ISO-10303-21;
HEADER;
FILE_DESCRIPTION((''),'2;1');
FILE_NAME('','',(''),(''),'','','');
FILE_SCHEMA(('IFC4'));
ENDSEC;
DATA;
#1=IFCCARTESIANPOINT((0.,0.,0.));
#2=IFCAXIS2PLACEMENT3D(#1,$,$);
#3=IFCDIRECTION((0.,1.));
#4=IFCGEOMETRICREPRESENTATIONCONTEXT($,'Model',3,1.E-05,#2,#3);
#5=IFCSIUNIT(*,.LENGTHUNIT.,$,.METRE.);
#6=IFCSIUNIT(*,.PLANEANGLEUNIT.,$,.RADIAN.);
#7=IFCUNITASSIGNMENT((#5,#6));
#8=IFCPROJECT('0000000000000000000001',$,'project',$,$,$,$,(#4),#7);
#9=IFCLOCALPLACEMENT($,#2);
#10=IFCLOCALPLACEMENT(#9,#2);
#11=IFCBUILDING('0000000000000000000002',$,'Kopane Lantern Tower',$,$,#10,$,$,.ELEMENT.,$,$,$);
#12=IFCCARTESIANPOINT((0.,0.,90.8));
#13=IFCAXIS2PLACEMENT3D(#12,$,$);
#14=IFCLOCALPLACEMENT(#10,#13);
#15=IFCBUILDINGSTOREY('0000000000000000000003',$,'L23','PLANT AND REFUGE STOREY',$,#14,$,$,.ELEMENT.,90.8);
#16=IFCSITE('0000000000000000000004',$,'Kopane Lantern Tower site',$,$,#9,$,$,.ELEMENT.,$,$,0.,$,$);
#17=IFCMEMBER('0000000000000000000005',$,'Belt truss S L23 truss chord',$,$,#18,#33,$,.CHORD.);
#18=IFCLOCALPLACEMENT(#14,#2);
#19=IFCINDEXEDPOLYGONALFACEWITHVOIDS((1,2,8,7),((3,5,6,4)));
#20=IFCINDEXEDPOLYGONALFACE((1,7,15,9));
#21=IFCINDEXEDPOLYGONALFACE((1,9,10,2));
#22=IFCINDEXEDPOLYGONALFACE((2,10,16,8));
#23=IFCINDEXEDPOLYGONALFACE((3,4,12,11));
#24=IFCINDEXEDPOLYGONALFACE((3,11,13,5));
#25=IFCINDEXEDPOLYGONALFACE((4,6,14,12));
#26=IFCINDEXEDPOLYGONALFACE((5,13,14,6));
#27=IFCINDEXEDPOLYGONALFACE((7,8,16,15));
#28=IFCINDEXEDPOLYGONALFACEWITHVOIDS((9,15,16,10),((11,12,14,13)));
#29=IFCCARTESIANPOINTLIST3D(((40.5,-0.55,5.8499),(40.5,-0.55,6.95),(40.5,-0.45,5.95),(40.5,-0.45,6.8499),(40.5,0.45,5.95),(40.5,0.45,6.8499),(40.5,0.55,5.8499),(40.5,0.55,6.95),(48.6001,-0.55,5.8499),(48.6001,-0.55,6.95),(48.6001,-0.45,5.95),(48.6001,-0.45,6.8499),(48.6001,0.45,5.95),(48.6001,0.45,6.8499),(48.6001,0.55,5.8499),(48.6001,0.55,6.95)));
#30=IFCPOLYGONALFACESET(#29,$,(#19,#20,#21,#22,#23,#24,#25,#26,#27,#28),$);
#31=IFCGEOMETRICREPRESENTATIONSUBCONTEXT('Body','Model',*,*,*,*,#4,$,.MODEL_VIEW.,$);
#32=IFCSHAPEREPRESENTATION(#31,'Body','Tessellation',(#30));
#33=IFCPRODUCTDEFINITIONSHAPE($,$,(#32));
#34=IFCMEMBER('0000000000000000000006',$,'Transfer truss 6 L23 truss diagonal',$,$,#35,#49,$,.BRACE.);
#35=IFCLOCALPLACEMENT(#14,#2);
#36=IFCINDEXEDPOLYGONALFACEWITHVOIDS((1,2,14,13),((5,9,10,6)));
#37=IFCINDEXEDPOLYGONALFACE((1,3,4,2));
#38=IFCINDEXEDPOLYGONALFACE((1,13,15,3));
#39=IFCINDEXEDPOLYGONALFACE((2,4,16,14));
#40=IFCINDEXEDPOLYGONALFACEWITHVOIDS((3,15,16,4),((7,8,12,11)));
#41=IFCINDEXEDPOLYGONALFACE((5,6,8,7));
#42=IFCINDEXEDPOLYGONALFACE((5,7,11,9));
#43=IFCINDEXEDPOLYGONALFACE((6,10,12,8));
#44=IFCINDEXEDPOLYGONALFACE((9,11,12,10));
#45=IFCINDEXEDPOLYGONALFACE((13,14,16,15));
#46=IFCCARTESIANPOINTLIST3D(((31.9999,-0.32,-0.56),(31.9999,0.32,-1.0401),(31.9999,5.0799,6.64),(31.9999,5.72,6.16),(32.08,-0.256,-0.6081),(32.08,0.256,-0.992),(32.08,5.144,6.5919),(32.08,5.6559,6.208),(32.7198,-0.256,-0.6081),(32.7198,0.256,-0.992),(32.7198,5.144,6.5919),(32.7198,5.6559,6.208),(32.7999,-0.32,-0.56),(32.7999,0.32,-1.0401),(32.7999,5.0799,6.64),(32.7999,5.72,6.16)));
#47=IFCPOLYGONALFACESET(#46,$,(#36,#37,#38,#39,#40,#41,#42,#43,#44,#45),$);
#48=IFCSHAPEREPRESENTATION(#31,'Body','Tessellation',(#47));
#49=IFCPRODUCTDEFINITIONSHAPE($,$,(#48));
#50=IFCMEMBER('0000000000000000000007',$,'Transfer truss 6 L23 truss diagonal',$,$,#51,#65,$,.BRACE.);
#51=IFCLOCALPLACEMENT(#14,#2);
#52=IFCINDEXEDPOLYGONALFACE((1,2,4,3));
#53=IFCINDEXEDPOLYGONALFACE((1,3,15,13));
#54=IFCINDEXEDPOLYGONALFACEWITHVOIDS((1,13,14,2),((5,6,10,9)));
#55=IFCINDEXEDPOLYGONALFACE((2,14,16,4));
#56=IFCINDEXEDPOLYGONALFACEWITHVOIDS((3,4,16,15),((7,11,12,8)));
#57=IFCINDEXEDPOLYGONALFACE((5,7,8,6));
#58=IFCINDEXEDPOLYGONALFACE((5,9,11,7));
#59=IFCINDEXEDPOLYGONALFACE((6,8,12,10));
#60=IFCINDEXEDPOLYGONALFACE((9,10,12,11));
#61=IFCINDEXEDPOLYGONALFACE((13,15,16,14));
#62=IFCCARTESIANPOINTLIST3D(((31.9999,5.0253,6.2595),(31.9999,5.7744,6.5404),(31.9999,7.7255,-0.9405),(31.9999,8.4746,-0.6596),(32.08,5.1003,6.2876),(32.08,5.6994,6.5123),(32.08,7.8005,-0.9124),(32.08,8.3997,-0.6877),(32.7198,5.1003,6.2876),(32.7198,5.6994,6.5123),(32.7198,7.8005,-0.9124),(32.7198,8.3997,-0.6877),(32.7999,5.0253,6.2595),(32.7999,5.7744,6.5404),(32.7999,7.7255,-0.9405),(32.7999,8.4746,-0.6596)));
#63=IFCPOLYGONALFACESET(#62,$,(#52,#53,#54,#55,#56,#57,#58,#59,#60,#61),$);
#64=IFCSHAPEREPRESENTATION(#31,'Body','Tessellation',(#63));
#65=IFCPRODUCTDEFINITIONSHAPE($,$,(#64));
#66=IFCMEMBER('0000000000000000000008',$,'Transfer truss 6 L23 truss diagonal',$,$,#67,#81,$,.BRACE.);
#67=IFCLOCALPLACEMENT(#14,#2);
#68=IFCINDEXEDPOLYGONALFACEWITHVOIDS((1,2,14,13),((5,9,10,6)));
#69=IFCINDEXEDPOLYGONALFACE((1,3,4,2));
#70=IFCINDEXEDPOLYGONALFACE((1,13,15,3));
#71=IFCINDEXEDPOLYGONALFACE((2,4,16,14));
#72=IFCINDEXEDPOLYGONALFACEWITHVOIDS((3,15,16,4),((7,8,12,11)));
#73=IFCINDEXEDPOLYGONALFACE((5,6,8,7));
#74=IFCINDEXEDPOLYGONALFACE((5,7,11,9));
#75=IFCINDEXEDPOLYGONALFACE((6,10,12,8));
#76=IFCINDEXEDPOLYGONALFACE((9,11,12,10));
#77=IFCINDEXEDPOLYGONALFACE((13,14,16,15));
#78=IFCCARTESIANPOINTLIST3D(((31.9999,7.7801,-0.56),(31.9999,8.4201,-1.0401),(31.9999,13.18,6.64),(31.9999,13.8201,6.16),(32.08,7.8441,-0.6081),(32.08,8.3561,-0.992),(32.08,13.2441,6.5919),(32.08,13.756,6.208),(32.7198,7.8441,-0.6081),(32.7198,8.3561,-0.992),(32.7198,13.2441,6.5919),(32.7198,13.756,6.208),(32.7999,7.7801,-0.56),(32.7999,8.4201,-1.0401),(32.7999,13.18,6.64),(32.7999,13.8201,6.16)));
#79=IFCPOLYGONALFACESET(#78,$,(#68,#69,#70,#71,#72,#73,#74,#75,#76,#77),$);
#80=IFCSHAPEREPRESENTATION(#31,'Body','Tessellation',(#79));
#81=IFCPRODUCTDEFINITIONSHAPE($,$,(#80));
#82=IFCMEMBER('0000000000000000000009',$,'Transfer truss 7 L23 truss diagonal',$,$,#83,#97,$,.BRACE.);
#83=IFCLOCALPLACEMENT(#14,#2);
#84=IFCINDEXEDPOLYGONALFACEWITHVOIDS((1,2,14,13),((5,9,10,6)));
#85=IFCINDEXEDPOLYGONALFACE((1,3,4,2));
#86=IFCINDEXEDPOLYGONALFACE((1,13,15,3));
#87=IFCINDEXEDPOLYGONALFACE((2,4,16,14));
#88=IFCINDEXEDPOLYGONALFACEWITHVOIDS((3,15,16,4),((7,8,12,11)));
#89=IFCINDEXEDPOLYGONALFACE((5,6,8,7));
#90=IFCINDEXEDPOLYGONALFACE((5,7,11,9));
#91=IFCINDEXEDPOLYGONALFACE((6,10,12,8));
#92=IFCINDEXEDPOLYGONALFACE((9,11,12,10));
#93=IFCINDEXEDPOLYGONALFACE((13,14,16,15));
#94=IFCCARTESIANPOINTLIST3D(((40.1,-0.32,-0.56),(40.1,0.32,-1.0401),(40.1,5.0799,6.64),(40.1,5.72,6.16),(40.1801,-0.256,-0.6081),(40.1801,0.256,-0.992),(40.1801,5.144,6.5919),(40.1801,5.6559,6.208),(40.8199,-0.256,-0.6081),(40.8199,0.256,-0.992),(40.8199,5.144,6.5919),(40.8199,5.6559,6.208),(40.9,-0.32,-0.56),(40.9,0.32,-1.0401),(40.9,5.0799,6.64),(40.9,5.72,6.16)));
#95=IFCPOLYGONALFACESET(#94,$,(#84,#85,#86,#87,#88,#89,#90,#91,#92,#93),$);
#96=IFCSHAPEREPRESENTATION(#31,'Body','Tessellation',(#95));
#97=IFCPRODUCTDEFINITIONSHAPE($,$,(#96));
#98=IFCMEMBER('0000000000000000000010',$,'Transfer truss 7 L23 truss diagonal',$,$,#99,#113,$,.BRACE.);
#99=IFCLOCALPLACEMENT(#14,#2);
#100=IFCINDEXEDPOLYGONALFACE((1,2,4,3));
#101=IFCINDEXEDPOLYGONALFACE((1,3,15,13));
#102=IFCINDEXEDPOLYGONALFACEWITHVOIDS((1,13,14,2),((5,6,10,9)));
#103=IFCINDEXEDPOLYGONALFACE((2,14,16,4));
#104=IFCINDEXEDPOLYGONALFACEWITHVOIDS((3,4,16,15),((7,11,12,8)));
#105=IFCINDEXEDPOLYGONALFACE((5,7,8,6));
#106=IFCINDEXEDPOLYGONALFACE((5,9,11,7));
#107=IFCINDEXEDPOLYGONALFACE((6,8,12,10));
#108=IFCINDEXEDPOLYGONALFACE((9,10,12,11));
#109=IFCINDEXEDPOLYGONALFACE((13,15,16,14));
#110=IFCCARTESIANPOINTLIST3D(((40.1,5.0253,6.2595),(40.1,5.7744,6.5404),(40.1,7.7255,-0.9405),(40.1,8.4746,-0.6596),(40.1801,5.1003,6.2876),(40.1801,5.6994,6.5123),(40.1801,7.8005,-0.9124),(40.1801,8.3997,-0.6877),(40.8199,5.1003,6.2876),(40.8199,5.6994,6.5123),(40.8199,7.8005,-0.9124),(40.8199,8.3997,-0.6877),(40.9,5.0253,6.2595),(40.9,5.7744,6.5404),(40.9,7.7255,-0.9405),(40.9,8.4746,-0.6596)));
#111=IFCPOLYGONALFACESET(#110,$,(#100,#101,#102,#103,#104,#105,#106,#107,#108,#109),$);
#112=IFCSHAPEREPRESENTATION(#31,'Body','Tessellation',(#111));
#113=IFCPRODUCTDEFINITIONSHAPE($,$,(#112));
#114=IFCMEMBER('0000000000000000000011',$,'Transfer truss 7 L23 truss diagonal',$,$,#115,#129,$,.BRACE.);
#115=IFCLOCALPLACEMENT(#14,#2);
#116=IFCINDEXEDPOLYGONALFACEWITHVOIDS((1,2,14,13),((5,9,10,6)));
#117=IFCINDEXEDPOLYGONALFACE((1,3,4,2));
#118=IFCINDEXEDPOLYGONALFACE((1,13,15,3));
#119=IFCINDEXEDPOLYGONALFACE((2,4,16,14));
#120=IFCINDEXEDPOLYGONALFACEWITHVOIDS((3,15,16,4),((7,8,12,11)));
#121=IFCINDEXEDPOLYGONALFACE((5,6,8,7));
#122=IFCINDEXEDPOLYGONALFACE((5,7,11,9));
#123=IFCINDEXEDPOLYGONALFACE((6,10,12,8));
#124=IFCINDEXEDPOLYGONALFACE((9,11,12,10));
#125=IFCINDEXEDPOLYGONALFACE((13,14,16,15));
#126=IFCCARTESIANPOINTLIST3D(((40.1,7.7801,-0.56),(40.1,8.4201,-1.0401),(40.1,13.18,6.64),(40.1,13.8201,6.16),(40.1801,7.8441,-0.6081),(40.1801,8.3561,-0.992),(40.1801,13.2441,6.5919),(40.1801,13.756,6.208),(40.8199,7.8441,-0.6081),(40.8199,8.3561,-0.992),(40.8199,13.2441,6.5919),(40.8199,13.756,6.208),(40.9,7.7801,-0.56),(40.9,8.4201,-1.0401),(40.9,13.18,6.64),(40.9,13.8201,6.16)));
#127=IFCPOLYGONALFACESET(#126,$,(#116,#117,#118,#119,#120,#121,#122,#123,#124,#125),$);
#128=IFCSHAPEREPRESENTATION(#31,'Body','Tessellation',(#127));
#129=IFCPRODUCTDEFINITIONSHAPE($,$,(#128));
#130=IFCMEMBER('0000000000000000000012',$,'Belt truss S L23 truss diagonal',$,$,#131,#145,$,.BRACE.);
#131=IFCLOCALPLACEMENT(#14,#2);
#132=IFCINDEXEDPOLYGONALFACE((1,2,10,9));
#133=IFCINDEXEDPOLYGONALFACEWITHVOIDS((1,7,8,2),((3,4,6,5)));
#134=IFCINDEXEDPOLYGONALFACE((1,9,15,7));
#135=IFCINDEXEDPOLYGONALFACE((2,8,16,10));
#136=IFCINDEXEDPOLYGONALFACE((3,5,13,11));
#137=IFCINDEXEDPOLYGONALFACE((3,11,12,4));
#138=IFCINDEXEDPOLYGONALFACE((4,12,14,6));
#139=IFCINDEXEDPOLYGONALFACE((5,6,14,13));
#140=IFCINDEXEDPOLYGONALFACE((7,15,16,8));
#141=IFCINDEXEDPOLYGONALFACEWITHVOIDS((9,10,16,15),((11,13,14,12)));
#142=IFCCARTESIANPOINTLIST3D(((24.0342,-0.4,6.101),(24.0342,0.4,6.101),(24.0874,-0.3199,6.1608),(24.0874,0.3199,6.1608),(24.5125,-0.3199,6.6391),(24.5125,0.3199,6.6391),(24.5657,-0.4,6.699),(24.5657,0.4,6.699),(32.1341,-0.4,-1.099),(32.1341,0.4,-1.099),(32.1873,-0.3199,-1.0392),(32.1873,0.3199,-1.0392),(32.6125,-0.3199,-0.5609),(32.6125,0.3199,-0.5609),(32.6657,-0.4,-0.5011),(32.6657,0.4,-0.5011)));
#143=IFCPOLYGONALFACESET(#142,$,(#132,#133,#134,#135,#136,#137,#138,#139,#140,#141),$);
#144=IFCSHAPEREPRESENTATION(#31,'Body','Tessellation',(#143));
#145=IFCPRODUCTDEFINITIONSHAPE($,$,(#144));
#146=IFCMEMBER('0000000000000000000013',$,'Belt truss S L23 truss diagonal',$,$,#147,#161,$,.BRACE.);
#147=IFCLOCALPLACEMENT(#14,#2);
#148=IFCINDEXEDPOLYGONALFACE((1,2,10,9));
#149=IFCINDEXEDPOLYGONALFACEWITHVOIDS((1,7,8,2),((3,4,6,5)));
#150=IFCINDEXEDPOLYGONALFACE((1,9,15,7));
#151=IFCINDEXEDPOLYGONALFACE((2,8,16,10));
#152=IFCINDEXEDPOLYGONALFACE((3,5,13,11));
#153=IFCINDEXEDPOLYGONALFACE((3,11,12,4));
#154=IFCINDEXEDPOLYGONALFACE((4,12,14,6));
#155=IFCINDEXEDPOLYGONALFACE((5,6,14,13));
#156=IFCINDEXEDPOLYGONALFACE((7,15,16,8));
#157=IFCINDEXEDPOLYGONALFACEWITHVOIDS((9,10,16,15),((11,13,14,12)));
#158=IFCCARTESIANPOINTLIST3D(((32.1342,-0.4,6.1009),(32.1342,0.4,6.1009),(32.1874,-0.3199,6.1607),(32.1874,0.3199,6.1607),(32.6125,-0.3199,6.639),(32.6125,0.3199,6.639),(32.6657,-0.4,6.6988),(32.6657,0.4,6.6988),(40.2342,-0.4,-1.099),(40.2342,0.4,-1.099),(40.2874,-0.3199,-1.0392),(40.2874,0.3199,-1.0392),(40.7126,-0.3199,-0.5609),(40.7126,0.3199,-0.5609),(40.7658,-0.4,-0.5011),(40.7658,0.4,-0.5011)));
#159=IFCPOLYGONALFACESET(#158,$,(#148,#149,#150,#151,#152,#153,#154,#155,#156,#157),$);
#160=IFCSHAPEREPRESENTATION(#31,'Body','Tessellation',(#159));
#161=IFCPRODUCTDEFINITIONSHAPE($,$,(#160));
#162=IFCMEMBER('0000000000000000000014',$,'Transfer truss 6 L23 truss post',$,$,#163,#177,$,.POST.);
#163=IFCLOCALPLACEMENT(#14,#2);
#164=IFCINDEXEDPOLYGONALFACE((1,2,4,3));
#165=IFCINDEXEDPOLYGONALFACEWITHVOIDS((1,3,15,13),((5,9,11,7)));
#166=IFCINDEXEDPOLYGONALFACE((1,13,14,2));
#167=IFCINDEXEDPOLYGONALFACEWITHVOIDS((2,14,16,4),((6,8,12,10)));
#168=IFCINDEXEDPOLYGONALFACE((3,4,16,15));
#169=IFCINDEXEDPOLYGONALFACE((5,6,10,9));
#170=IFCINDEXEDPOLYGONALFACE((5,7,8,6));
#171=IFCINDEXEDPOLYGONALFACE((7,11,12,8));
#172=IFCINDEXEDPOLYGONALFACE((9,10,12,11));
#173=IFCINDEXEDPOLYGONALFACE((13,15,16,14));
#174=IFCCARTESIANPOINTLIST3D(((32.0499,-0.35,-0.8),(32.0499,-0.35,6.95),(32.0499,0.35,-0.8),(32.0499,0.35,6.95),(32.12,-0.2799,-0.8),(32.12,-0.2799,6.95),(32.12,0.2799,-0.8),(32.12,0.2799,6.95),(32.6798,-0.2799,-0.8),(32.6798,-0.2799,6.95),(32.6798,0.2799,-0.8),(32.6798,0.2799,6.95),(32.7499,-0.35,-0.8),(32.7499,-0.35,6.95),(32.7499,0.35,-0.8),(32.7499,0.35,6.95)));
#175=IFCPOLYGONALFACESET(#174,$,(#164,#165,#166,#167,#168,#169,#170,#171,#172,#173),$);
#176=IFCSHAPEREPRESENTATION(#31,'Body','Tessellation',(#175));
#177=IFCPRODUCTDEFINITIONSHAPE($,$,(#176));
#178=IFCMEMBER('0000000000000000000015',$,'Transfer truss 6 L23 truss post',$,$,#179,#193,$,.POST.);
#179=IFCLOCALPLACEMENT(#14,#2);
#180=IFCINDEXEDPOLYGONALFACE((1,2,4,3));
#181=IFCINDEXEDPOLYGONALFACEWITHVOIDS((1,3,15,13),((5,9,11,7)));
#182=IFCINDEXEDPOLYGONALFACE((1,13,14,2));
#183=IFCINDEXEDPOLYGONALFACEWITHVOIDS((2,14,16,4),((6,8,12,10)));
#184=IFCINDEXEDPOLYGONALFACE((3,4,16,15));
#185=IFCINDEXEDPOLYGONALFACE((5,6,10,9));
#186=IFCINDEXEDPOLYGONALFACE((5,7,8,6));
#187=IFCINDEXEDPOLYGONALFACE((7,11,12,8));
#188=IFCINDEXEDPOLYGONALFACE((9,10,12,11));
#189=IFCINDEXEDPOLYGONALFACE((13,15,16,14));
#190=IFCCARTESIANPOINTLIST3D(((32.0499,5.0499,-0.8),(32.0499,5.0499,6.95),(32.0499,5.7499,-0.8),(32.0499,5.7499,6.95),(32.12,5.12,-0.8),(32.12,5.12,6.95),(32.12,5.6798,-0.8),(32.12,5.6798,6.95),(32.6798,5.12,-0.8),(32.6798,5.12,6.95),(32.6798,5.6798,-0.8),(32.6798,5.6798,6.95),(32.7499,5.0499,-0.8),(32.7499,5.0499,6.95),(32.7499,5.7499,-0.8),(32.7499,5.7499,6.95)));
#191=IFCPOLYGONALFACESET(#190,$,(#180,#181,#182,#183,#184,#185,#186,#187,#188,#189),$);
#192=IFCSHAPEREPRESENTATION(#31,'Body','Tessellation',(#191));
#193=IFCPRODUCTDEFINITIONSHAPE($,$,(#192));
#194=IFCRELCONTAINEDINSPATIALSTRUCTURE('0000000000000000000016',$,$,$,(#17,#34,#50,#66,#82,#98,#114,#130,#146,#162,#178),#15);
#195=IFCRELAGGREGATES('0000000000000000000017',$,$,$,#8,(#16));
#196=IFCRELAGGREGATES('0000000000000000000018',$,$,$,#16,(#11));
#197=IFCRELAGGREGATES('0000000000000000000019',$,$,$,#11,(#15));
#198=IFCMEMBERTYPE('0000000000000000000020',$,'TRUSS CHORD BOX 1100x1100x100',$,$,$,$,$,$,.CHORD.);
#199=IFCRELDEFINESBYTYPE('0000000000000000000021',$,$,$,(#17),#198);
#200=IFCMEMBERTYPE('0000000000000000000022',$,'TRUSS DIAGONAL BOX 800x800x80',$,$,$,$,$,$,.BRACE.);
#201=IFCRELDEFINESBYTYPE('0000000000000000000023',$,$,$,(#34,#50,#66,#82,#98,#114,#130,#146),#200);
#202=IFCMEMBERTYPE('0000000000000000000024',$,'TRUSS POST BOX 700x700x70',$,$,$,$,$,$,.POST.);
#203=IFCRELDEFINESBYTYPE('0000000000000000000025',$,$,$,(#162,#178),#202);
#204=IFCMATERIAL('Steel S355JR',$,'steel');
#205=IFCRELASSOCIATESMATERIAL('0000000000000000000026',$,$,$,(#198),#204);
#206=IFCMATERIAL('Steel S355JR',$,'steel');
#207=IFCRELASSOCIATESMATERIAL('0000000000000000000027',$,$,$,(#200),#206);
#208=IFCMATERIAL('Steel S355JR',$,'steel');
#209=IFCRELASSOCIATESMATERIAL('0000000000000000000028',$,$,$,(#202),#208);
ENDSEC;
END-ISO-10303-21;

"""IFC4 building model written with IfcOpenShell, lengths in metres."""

from ifc_helpers import new_model, si_unit, direction, frame, origin, origin_2d, place, context, subcontext, project, spatial, hollow_rectangle, extrude, material, material_profile, profile_set, type_object, element, save


model = new_model("IFC4")

# Units and contexts
model_context = context("Model", 3, precision=1e-05, world=origin(), true_north=direction((0.0, 1.0)))
body_context = subcontext(model_context, "Body", "Model", "MODEL_VIEW")
ifc_project = project(units=[si_unit("LENGTHUNIT", "METRE"), si_unit("PLANEANGLEUNIT", "RADIAN")], contexts=[model_context])

# Site, building, storey
site_placement = place(None, origin())
site = spatial("IfcSite", under=ifc_project, at=site_placement, Name="Kopane Lantern Tower site", CompositionType="ELEMENT", RefElevation=0.0)
building_placement = place(site_placement, origin())
building = spatial("IfcBuilding", under=site, at=building_placement, Name="Kopane Lantern Tower", CompositionType="ELEMENT")
storey_placement = place(building_placement, frame((0.0, 0.0, 90.8)))
storey = spatial("IfcBuildingStorey", under=building, at=storey_placement, Name="L23", Description="PLANT AND REFUGE STOREY", CompositionType="ELEMENT", Elevation=90.8)

# Members
ifc_material_1 = material(Name="Steel S355JR", Category="steel")
ifc_material_profile_1 = material_profile(ifc_material_1, hollow_rectangle(XDim=1.1001, YDim=1.1001, WallThickness=0.1001, at=origin_2d()), Name="BOX 1100x1100x100")
ifc_profile_set_1 = profile_set([ifc_material_profile_1], Name="Steel S355JR")
member_type_1 = type_object("IfcMemberType", Name="TRUSS CHORD BOX 1100x1100x100", PredefinedType="CHORD", material=ifc_profile_set_1)
for number, where, z_axis, x_axis, name in (
    (1, (40.5, 0.0, 6.3999), (1.0, 0.0, 0.0), (0.0, 1.0, 0.0), "Belt truss S L23 truss chord"),
):
    element("IfcMember", number, at=place(storey_placement, frame(where, z_axis=z_axis, x_axis=x_axis)), inside=storey, type_object=member_type_1, Name=name, PredefinedType="CHORD", context=body_context, shape_type="SweptSolid", body=[
        extrude(hollow_rectangle(XDim=1.1001, YDim=1.1001, WallThickness=0.1001, at=origin_2d()), origin(), (0.0, 0.0, 1.0), 8.1001),
    ])
ifc_material_2 = material(Name="Steel S355JR", Category="steel")
ifc_material_profile_2 = material_profile(ifc_material_2, hollow_rectangle(XDim=0.8, YDim=0.8, WallThickness=0.0801, at=origin_2d()), Name="BOX 800x800x80")
ifc_profile_set_2 = profile_set([ifc_material_profile_2], Name="Steel S355JR")
member_type_2 = type_object("IfcMemberType", Name="TRUSS DIAGONAL BOX 800x800x80", PredefinedType="BRACE", material=ifc_profile_set_2)
member_1_placement = place(storey_placement, frame((32.3999, 0.0, -0.8), z_axis=(0.0, 0.599996, 0.800003), x_axis=(-1.0, 0.0, 0.0)))
element("IfcMember", 2, at=member_1_placement, inside=storey, type_object=member_type_2, Name="Transfer truss 6 L23 truss diagonal", PredefinedType="BRACE", context=body_context, shape_type="SweptSolid", body=[
    extrude(hollow_rectangle(XDim=0.8, YDim=0.8, WallThickness=0.0801, at=origin_2d()), origin(), (0.0, 0.0, 1.0), 9.0),
])
member_2_placement = place(storey_placement, frame((32.3999, 8.1001, -0.8), z_axis=(0.0, -0.351148, 0.93632), x_axis=(1.0, 0.0, 0.0)))
element("IfcMember", 3, at=member_2_placement, inside=storey, type_object=member_type_2, Name="Transfer truss 6 L23 truss diagonal", PredefinedType="BRACE", context=body_context, shape_type="SweptSolid", body=[
    extrude(hollow_rectangle(XDim=0.8, YDim=0.8, WallThickness=0.0801, at=origin_2d()), origin(), (0.0, 0.0, 1.0), 7.6897),
])
for number, where, z_axis, x_axis, name in (
    (4, (32.3999, 8.1001, -0.8), (0.0, 0.599996, 0.800003), (-1.0, 0.0, 0.0), "Transfer truss 6 L23 truss diagonal"),
    (5, (40.5, 0.0, -0.8), (0.0, 0.599996, 0.800003), (-1.0, 0.0, 0.0), "Transfer truss 7 L23 truss diagonal"),
):
    element("IfcMember", number, at=place(storey_placement, frame(where, z_axis=z_axis, x_axis=x_axis)), inside=storey, type_object=member_type_2, Name=name, PredefinedType="BRACE", context=body_context, shape_type="SweptSolid", body=[
        extrude(hollow_rectangle(XDim=0.8, YDim=0.8, WallThickness=0.0801, at=origin_2d()), origin(), (0.0, 0.0, 1.0), 9.0),
    ])
member_3_placement = place(storey_placement, frame((40.5, 8.1001, -0.8), z_axis=(0.0, -0.351148, 0.93632), x_axis=(1.0, 0.0, 0.0)))
element("IfcMember", 6, at=member_3_placement, inside=storey, type_object=member_type_2, Name="Transfer truss 7 L23 truss diagonal", PredefinedType="BRACE", context=body_context, shape_type="SweptSolid", body=[
    extrude(hollow_rectangle(XDim=0.8, YDim=0.8, WallThickness=0.0801, at=origin_2d()), origin(), (0.0, 0.0, 1.0), 7.6897),
])
member_4_placement = place(storey_placement, frame((40.5, 8.1001, -0.8), z_axis=(0.0, 0.599996, 0.800003), x_axis=(-1.0, 0.0, 0.0)))
element("IfcMember", 7, at=member_4_placement, inside=storey, type_object=member_type_2, Name="Transfer truss 7 L23 truss diagonal", PredefinedType="BRACE", context=body_context, shape_type="SweptSolid", body=[
    extrude(hollow_rectangle(XDim=0.8, YDim=0.8, WallThickness=0.0801, at=origin_2d()), origin(), (0.0, 0.0, 1.0), 9.0),
])
for number, where, z_axis, x_axis, name in (
    (8, (32.3999, 0.0, -0.8), (-0.747406, 0.0, 0.664368), (0.0, -1.0, 0.0), "Belt truss S L23 truss diagonal"),
    (9, (40.5, 0.0, -0.8), (-0.747416, 0.0, 0.664357), (0.0, -1.0, 0.0), "Belt truss S L23 truss diagonal"),
):
    element("IfcMember", number, at=place(storey_placement, frame(where, z_axis=z_axis, x_axis=x_axis)), inside=storey, type_object=member_type_2, Name=name, PredefinedType="BRACE", context=body_context, shape_type="SweptSolid", body=[
        extrude(hollow_rectangle(XDim=0.8, YDim=0.8, WallThickness=0.0801, at=origin_2d()), origin(), (0.0, 0.0, 1.0), 10.8374),
    ])
ifc_material_3 = material(Name="Steel S355JR", Category="steel")
ifc_material_profile_3 = material_profile(ifc_material_3, hollow_rectangle(XDim=0.7, YDim=0.7, WallThickness=0.0701, at=origin_2d()), Name="BOX 700x700x70")
ifc_profile_set_3 = profile_set([ifc_material_profile_3], Name="Steel S355JR")
member_type_3 = type_object("IfcMemberType", Name="TRUSS POST BOX 700x700x70", PredefinedType="POST", material=ifc_profile_set_3)
for number, where, z_axis, x_axis, name in (
    (10, (32.3999, 0.0, -0.8), (0.0, 0.0, 1.0), (1.0, 0.0, 0.0), "Transfer truss 6 L23 truss post"),
    (11, (32.3999, 5.3999, -0.8), (0.0, 0.0, 1.0), (1.0, 0.0, 0.0), "Transfer truss 6 L23 truss post"),
):
    element("IfcMember", number, at=place(storey_placement, frame(where, z_axis=z_axis, x_axis=x_axis)), inside=storey, type_object=member_type_3, Name=name, PredefinedType="POST", context=body_context, shape_type="SweptSolid", body=[
        extrude(hollow_rectangle(XDim=0.7, YDim=0.7, WallThickness=0.0701, at=origin_2d()), origin(), (0.0, 0.0, 1.0), 7.75),
    ])

save(model, "model.ifc")
